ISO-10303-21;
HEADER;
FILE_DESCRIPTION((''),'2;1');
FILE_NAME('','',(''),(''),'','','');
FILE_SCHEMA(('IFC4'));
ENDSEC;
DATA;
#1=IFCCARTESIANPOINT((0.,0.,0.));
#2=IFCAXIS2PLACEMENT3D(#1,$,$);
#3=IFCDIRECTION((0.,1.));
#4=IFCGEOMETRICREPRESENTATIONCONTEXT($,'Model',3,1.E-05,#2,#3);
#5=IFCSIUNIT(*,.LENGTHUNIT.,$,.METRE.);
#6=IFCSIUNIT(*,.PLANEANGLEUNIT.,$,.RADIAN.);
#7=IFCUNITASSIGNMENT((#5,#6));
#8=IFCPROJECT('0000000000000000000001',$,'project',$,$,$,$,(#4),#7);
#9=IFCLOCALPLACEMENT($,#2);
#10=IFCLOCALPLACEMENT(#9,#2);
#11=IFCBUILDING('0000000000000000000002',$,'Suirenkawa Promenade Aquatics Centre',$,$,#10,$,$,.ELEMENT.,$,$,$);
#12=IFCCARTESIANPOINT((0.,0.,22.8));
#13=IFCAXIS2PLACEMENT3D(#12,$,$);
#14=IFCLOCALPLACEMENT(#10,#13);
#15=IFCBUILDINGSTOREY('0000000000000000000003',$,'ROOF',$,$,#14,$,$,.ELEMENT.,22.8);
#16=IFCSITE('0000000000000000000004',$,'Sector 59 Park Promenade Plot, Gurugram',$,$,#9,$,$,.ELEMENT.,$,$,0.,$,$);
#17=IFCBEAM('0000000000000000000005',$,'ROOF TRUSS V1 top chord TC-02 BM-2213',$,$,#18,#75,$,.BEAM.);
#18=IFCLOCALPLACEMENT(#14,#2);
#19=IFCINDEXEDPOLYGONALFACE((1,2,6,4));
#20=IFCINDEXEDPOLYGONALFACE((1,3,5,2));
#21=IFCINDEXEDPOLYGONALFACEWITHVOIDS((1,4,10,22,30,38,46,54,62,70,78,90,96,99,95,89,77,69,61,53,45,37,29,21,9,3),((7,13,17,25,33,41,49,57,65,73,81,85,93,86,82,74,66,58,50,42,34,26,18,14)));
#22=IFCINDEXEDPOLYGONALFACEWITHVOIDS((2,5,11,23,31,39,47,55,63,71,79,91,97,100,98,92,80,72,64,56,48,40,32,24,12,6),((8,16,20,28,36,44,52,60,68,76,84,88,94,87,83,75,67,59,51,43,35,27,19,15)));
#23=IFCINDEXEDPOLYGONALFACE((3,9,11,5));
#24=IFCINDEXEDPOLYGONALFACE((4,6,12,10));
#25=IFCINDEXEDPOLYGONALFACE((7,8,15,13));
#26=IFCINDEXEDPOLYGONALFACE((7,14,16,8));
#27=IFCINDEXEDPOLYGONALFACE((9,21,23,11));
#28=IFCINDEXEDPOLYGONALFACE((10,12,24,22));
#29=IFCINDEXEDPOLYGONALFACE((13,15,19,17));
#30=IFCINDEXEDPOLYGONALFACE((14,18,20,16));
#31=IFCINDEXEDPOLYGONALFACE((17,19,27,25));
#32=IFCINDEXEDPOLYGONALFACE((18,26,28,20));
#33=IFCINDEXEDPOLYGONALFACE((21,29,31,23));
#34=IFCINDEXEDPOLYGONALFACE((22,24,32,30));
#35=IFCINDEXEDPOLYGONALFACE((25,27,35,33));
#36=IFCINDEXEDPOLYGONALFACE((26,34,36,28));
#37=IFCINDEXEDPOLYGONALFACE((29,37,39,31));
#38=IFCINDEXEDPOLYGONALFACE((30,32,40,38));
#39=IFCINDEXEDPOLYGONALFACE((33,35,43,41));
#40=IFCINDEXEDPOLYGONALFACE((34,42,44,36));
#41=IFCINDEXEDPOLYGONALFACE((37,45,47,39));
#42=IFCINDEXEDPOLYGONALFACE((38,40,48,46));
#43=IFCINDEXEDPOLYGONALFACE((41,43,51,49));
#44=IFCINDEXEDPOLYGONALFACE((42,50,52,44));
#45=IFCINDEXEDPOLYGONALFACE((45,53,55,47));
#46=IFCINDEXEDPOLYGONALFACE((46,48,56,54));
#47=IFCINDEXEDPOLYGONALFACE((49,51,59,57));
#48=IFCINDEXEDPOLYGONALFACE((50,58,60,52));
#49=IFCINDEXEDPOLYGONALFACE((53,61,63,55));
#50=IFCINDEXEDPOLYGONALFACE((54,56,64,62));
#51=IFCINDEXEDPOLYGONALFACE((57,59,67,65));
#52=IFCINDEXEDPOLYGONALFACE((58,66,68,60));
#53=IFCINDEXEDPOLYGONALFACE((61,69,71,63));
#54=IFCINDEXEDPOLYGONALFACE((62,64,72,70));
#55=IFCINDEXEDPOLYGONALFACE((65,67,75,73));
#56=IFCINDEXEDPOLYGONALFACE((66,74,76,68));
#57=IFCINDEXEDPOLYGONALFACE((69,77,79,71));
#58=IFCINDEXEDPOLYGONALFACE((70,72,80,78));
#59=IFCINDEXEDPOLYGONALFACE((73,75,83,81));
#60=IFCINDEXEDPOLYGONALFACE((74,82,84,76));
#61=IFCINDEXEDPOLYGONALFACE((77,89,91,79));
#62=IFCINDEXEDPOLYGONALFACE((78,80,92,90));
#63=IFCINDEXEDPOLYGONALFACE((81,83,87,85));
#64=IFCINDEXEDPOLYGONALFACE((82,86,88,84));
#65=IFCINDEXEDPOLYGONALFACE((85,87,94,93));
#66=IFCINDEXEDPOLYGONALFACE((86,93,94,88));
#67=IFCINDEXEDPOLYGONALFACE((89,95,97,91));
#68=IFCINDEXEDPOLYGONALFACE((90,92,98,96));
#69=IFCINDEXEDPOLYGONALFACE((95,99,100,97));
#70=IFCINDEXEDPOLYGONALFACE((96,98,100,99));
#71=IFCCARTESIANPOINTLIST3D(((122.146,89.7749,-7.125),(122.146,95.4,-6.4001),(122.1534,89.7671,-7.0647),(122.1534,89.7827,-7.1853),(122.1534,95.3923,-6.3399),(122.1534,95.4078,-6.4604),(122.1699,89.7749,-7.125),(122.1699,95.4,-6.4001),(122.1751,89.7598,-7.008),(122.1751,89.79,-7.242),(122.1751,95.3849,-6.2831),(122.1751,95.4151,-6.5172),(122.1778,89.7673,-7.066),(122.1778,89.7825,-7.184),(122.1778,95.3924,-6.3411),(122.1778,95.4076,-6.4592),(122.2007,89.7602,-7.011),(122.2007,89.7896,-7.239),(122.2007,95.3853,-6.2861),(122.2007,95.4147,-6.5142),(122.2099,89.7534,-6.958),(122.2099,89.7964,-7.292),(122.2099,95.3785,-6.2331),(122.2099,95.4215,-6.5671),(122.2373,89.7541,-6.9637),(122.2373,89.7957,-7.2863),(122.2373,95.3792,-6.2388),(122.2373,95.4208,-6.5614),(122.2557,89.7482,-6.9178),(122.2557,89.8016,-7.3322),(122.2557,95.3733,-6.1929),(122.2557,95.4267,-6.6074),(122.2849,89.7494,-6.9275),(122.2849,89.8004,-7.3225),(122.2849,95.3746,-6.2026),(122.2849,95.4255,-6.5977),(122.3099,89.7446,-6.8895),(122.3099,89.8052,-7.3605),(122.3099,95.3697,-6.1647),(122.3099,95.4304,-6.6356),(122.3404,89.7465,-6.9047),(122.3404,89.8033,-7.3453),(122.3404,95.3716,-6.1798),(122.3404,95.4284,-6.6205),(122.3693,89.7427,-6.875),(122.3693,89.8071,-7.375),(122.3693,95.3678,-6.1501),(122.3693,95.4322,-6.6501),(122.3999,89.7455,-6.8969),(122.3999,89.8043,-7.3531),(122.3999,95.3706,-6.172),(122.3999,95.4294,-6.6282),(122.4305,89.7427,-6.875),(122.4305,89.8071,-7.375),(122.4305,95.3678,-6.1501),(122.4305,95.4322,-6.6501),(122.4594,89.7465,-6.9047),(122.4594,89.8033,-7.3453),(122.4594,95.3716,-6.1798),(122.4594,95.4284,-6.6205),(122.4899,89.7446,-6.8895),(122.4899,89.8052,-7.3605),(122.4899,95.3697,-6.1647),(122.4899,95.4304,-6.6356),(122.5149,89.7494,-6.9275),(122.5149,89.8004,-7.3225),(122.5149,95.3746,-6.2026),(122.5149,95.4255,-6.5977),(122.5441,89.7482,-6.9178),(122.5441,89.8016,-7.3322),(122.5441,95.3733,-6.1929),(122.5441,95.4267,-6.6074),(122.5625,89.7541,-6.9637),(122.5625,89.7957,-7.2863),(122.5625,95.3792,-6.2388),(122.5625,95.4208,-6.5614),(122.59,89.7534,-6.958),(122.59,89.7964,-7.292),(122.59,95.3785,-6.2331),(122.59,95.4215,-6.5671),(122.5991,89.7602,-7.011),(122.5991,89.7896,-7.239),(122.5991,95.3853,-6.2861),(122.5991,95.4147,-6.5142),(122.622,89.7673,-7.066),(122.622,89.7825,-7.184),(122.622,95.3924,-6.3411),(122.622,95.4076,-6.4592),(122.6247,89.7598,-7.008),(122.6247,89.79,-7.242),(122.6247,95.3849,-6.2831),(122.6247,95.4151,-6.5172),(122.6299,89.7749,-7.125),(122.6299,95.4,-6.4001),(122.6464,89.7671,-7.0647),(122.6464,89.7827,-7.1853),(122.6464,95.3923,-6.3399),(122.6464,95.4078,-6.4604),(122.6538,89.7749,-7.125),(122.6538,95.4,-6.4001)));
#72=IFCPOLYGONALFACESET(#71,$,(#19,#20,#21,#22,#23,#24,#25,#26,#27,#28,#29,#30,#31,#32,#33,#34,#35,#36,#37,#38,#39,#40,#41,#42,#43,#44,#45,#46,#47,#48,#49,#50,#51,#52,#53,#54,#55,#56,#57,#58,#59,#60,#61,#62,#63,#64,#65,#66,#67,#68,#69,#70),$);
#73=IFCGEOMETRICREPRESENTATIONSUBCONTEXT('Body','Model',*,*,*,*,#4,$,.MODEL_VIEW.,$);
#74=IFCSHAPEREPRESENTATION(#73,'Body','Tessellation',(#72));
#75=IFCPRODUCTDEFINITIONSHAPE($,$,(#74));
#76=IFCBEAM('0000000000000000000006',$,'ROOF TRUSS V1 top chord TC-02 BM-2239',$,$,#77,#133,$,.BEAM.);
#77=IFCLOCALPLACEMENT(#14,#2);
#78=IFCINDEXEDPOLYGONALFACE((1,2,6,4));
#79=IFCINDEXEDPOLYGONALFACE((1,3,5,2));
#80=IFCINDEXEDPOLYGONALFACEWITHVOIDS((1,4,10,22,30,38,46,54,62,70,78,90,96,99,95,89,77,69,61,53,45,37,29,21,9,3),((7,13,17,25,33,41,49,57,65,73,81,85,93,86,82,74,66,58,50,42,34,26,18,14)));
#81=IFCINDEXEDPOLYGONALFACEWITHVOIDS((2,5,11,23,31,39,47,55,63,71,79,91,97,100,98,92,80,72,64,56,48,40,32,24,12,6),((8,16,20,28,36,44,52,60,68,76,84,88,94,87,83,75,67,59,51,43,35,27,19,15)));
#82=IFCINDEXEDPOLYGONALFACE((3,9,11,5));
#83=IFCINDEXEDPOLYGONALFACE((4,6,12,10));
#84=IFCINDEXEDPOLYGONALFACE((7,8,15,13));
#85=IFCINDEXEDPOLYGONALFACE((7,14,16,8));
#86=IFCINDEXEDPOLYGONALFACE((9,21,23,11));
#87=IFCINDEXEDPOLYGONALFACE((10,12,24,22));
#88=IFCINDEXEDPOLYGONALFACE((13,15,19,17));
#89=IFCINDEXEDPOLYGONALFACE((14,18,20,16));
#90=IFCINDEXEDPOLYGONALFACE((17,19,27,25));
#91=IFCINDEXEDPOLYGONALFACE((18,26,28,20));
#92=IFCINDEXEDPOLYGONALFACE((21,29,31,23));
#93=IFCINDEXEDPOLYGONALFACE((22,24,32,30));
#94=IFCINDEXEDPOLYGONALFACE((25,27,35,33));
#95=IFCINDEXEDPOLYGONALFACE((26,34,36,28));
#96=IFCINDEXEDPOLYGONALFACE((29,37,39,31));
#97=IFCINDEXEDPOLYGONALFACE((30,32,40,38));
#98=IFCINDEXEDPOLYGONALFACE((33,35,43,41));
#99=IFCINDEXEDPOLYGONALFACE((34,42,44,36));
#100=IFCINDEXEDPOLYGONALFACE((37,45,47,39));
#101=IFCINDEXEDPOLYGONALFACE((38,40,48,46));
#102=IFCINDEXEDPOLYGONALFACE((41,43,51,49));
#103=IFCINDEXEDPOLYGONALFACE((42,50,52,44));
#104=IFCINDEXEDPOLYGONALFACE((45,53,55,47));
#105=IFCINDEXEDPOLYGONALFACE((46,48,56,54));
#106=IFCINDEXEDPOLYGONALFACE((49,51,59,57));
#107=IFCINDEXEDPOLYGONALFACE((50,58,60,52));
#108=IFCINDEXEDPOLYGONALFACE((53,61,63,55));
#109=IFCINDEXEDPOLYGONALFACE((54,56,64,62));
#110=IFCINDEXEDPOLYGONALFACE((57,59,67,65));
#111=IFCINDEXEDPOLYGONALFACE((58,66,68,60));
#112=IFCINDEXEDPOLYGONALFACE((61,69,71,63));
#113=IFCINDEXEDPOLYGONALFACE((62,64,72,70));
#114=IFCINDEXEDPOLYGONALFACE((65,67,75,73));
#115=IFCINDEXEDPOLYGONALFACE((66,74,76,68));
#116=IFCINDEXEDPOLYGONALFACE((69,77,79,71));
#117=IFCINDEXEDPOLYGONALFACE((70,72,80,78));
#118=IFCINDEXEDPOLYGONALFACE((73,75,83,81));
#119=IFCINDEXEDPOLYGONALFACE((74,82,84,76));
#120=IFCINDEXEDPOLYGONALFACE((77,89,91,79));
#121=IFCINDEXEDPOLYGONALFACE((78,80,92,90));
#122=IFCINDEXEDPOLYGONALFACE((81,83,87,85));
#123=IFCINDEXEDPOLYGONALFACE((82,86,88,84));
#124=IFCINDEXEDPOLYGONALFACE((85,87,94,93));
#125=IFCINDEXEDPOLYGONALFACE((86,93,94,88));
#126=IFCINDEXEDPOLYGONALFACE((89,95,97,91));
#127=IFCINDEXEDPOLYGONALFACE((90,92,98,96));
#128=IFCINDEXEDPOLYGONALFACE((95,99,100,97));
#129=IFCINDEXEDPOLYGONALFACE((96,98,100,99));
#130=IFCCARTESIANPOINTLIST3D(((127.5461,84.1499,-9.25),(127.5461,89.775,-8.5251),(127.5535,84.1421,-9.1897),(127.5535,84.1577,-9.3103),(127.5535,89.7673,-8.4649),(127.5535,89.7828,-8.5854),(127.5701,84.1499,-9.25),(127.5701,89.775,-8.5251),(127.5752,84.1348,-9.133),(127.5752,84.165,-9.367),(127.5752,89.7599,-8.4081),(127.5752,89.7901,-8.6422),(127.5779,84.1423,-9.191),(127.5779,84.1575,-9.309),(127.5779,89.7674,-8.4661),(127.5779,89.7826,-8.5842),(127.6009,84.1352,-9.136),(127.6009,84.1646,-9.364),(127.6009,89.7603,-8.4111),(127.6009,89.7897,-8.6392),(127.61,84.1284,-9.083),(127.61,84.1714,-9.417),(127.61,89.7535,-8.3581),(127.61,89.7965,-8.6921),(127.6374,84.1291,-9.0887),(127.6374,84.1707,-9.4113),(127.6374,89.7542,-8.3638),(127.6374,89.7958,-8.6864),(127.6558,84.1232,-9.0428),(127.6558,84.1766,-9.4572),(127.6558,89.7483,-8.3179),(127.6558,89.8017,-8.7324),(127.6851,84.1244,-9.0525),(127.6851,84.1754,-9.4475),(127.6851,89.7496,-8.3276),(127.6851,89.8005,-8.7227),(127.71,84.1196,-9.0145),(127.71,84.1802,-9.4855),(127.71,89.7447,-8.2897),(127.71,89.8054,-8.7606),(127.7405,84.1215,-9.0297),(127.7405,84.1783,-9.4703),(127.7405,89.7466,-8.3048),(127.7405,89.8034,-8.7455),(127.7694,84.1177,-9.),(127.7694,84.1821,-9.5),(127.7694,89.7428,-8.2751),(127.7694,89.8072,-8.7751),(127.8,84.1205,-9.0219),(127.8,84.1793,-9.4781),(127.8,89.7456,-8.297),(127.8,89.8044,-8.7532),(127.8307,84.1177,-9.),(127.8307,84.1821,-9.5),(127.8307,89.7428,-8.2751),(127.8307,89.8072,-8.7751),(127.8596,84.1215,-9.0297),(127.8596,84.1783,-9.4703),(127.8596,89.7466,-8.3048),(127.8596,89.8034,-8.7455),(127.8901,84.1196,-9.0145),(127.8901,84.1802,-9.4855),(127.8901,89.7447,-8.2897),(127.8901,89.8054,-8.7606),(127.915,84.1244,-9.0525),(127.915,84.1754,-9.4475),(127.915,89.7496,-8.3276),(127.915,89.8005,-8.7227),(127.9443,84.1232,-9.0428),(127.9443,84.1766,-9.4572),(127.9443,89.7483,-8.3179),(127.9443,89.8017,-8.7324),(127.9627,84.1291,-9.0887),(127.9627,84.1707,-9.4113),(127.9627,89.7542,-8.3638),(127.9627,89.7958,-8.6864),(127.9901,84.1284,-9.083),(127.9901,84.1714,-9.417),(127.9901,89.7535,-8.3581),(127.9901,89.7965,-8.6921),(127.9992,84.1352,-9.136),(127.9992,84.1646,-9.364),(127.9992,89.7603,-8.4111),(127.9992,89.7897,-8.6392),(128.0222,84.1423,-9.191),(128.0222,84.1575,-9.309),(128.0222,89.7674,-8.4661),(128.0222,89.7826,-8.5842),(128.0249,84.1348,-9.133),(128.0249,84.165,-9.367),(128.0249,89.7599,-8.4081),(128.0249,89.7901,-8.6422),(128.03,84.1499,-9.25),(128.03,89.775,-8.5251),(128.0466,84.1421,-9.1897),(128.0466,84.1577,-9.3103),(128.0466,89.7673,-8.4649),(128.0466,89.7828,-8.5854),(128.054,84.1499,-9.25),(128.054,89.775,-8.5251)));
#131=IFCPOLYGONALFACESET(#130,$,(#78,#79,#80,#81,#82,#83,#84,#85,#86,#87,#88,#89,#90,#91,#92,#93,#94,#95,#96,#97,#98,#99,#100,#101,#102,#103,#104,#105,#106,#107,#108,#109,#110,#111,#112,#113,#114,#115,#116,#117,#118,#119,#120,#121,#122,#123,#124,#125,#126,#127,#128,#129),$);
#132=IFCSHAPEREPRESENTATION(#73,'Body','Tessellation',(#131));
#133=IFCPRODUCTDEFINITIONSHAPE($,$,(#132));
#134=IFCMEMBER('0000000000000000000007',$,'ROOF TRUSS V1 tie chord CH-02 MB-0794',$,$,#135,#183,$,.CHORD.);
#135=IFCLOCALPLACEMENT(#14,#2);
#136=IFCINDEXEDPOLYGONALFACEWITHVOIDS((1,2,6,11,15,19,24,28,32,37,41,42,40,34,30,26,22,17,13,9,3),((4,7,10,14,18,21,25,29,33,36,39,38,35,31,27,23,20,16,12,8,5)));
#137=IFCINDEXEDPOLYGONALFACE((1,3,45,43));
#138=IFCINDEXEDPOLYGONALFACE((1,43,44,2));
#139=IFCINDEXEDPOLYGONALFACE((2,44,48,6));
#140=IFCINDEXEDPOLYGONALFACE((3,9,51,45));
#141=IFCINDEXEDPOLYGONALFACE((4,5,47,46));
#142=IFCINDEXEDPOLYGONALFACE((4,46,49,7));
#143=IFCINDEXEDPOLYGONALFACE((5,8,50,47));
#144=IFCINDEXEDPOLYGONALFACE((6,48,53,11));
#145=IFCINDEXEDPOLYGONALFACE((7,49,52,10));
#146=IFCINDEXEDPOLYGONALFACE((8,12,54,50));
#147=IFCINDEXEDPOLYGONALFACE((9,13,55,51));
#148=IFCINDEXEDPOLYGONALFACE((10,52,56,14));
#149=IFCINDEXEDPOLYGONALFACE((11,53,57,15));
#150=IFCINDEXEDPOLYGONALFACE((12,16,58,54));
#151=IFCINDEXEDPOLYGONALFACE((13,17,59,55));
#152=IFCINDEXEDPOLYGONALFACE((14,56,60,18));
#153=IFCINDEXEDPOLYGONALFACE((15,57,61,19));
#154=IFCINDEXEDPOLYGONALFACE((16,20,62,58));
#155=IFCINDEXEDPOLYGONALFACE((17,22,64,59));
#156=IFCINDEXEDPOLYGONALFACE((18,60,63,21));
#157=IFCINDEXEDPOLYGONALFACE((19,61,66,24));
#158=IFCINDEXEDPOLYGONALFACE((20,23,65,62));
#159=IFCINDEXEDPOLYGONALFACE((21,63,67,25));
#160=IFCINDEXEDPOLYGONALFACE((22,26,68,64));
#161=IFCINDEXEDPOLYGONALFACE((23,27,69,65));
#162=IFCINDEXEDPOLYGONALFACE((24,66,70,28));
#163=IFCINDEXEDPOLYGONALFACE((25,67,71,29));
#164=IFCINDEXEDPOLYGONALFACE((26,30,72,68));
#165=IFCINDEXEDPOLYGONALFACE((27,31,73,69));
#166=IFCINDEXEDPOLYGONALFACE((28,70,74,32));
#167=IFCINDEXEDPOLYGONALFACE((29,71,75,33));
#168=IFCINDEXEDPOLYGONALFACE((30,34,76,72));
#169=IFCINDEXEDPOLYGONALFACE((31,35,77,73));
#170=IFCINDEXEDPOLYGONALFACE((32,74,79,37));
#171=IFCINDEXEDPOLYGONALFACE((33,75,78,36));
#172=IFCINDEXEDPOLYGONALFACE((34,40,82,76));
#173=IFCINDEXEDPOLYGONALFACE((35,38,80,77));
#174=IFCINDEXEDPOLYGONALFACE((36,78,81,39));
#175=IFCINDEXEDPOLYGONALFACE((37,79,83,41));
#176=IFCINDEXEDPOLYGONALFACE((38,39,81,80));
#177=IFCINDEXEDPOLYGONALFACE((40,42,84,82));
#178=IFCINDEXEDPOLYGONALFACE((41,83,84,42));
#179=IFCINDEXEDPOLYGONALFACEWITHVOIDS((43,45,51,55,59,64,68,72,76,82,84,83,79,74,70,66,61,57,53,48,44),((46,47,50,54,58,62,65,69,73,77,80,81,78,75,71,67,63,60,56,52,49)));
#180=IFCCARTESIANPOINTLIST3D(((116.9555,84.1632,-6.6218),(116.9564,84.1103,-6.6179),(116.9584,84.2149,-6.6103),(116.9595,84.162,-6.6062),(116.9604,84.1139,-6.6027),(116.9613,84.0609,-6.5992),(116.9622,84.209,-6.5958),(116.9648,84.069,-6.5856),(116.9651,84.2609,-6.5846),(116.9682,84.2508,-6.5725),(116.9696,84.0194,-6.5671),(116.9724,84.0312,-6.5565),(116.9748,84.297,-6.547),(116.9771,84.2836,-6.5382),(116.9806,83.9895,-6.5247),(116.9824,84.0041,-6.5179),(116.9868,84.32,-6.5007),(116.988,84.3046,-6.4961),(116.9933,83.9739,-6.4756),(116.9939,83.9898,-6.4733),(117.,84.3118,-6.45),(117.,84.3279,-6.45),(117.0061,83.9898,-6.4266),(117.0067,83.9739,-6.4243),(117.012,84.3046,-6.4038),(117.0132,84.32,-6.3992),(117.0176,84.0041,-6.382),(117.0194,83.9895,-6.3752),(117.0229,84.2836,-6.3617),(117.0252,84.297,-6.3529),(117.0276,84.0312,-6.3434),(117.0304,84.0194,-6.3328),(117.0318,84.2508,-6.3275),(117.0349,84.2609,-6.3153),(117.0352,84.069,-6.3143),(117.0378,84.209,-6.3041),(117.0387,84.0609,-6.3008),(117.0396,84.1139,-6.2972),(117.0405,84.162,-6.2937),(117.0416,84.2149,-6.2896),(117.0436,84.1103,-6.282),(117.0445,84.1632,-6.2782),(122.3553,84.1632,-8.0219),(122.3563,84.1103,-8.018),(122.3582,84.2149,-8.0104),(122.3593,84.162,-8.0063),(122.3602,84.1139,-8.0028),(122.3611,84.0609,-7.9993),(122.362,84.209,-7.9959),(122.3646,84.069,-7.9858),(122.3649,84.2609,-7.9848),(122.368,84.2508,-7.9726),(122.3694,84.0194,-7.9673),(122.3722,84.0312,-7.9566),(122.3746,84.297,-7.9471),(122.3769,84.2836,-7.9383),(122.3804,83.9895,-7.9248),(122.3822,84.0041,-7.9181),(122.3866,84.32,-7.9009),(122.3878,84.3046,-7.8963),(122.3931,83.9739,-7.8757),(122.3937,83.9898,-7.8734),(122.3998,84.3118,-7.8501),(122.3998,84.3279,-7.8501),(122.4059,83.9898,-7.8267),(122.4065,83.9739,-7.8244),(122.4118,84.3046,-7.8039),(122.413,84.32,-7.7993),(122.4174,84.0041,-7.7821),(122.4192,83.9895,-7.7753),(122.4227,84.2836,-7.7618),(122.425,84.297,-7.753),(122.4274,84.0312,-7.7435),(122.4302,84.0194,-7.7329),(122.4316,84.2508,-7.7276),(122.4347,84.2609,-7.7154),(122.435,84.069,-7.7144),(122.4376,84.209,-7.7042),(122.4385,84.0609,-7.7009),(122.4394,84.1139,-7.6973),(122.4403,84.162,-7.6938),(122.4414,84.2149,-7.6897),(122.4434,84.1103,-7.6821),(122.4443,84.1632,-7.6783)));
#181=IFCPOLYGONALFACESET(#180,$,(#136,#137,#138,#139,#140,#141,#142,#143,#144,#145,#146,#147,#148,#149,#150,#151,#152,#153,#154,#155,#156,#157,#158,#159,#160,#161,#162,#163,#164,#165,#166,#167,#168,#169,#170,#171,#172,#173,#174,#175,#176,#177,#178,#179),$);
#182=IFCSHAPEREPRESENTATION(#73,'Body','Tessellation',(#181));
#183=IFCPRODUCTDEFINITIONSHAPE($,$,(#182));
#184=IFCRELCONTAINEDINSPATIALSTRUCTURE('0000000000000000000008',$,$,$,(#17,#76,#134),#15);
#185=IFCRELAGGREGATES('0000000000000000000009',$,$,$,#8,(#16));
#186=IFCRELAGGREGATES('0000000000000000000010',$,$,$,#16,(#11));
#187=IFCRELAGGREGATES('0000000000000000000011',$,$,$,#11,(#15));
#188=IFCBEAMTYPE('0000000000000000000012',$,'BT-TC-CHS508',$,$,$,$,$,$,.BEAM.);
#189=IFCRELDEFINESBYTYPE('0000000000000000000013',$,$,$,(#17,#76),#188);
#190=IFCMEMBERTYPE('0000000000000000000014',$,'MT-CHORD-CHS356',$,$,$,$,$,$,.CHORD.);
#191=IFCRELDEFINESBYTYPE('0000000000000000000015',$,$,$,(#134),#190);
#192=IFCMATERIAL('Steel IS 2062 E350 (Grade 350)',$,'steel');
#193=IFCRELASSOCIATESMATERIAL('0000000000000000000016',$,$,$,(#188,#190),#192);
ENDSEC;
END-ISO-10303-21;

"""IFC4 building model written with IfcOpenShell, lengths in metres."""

from ifc_helpers import new_model, si_unit, direction, frame, origin, origin_2d, place, context, subcontext, project, spatial, hollow_circle, extrude, material, material_profile, profile_set, type_object, element, save


model = new_model("IFC4")

# Units and contexts
model_context = context("Model", 3, precision=1e-05, world=origin(), true_north=direction((0.0, 1.0)))
body_context = subcontext(model_context, "Body", "Model", "MODEL_VIEW")
ifc_project = project(units=[si_unit("LENGTHUNIT", "METRE"), si_unit("PLANEANGLEUNIT", "RADIAN")], contexts=[model_context])

# Site, building, storey
site_placement = place(None, origin())
site = spatial("IfcSite", under=ifc_project, at=site_placement, Name="Sector 59 Park Promenade Plot, Gurugram", CompositionType="ELEMENT", RefElevation=0.0)
building_placement = place(site_placement, origin())
building = spatial("IfcBuilding", under=site, at=building_placement, Name="Suirenkawa Promenade Aquatics Centre", CompositionType="ELEMENT")
storey_placement = place(building_placement, frame((0.0, 0.0, 22.8)))
storey = spatial("IfcBuildingStorey", under=building, at=storey_placement, Name="ROOF", CompositionType="ELEMENT", Elevation=22.8)

# Beams
ifc_material = material(Name="Steel IS 2062 E350 (Grade 350)", Category="steel")
ifc_material_profile_1 = material_profile(ifc_material, hollow_circle(Radius=0.2539, WallThickness=0.0239, at=origin_2d()), Name="CHS 508x24", Category="steel")
ifc_profile_set_1 = profile_set([ifc_material_profile_1], Name="Steel IS 2062 E350 (Grade 350)")
beam_type_1 = type_object("IfcBeamType", Name="BT-TC-CHS508", PredefinedType="BEAM", material=ifc_profile_set_1)
for number, where, z_axis, x_axis, name in (
    (1, (122.3999, 89.7749, -7.125), (0.0, 0.991799, 0.127806), (-1.0, 0.0, 0.0), "ROOF TRUSS V1 top chord TC-02 BM-2213"),
    (2, (127.8, 84.1499, -9.25), (0.0, 0.991799, 0.127806), (-1.0, 0.0, 0.0), "ROOF TRUSS V1 top chord TC-02 BM-2239"),
):
    element("IfcBeam", number, at=place(storey_placement, frame(where, z_axis=z_axis, x_axis=x_axis)), inside=storey, type_object=beam_type_1, Name=name, PredefinedType="BEAM", context=body_context, shape_type="SweptSolid", body=[
        extrude(hollow_circle(Radius=0.2539, WallThickness=0.0239, at=origin_2d()), origin(), (0.0, 0.0, 1.0), 5.6716),
    ])

# Member
ifc_material_profile_2 = material_profile(ifc_material, hollow_circle(Radius=0.178, WallThickness=0.0161, at=origin_2d()), Name="CHS 356x16", Category="steel")
ifc_profile_set_2 = profile_set([ifc_material_profile_2], Name="Steel IS 2062 E350 (Grade 350)")
member_type_1 = type_object("IfcMemberType", Name="MT-CHORD-CHS356", PredefinedType="CHORD", material=ifc_profile_set_2)
member_1_placement = place(storey_placement, frame((117.0, 84.1499, -6.45), z_axis=(0.967989, 0.0, -0.250991), x_axis=(0.0, 1.0, 0.0)))
element("IfcMember", 3, at=member_1_placement, inside=storey, type_object=member_type_1, Name="ROOF TRUSS V1 tie chord CH-02 MB-0794", PredefinedType="CHORD", context=body_context, shape_type="SweptSolid", body=[
    extrude(hollow_circle(Radius=0.178, WallThickness=0.0161, at=origin_2d()), origin(), (0.0, 0.0, 1.0), 5.5784),
])

save(model, "model.ifc")
